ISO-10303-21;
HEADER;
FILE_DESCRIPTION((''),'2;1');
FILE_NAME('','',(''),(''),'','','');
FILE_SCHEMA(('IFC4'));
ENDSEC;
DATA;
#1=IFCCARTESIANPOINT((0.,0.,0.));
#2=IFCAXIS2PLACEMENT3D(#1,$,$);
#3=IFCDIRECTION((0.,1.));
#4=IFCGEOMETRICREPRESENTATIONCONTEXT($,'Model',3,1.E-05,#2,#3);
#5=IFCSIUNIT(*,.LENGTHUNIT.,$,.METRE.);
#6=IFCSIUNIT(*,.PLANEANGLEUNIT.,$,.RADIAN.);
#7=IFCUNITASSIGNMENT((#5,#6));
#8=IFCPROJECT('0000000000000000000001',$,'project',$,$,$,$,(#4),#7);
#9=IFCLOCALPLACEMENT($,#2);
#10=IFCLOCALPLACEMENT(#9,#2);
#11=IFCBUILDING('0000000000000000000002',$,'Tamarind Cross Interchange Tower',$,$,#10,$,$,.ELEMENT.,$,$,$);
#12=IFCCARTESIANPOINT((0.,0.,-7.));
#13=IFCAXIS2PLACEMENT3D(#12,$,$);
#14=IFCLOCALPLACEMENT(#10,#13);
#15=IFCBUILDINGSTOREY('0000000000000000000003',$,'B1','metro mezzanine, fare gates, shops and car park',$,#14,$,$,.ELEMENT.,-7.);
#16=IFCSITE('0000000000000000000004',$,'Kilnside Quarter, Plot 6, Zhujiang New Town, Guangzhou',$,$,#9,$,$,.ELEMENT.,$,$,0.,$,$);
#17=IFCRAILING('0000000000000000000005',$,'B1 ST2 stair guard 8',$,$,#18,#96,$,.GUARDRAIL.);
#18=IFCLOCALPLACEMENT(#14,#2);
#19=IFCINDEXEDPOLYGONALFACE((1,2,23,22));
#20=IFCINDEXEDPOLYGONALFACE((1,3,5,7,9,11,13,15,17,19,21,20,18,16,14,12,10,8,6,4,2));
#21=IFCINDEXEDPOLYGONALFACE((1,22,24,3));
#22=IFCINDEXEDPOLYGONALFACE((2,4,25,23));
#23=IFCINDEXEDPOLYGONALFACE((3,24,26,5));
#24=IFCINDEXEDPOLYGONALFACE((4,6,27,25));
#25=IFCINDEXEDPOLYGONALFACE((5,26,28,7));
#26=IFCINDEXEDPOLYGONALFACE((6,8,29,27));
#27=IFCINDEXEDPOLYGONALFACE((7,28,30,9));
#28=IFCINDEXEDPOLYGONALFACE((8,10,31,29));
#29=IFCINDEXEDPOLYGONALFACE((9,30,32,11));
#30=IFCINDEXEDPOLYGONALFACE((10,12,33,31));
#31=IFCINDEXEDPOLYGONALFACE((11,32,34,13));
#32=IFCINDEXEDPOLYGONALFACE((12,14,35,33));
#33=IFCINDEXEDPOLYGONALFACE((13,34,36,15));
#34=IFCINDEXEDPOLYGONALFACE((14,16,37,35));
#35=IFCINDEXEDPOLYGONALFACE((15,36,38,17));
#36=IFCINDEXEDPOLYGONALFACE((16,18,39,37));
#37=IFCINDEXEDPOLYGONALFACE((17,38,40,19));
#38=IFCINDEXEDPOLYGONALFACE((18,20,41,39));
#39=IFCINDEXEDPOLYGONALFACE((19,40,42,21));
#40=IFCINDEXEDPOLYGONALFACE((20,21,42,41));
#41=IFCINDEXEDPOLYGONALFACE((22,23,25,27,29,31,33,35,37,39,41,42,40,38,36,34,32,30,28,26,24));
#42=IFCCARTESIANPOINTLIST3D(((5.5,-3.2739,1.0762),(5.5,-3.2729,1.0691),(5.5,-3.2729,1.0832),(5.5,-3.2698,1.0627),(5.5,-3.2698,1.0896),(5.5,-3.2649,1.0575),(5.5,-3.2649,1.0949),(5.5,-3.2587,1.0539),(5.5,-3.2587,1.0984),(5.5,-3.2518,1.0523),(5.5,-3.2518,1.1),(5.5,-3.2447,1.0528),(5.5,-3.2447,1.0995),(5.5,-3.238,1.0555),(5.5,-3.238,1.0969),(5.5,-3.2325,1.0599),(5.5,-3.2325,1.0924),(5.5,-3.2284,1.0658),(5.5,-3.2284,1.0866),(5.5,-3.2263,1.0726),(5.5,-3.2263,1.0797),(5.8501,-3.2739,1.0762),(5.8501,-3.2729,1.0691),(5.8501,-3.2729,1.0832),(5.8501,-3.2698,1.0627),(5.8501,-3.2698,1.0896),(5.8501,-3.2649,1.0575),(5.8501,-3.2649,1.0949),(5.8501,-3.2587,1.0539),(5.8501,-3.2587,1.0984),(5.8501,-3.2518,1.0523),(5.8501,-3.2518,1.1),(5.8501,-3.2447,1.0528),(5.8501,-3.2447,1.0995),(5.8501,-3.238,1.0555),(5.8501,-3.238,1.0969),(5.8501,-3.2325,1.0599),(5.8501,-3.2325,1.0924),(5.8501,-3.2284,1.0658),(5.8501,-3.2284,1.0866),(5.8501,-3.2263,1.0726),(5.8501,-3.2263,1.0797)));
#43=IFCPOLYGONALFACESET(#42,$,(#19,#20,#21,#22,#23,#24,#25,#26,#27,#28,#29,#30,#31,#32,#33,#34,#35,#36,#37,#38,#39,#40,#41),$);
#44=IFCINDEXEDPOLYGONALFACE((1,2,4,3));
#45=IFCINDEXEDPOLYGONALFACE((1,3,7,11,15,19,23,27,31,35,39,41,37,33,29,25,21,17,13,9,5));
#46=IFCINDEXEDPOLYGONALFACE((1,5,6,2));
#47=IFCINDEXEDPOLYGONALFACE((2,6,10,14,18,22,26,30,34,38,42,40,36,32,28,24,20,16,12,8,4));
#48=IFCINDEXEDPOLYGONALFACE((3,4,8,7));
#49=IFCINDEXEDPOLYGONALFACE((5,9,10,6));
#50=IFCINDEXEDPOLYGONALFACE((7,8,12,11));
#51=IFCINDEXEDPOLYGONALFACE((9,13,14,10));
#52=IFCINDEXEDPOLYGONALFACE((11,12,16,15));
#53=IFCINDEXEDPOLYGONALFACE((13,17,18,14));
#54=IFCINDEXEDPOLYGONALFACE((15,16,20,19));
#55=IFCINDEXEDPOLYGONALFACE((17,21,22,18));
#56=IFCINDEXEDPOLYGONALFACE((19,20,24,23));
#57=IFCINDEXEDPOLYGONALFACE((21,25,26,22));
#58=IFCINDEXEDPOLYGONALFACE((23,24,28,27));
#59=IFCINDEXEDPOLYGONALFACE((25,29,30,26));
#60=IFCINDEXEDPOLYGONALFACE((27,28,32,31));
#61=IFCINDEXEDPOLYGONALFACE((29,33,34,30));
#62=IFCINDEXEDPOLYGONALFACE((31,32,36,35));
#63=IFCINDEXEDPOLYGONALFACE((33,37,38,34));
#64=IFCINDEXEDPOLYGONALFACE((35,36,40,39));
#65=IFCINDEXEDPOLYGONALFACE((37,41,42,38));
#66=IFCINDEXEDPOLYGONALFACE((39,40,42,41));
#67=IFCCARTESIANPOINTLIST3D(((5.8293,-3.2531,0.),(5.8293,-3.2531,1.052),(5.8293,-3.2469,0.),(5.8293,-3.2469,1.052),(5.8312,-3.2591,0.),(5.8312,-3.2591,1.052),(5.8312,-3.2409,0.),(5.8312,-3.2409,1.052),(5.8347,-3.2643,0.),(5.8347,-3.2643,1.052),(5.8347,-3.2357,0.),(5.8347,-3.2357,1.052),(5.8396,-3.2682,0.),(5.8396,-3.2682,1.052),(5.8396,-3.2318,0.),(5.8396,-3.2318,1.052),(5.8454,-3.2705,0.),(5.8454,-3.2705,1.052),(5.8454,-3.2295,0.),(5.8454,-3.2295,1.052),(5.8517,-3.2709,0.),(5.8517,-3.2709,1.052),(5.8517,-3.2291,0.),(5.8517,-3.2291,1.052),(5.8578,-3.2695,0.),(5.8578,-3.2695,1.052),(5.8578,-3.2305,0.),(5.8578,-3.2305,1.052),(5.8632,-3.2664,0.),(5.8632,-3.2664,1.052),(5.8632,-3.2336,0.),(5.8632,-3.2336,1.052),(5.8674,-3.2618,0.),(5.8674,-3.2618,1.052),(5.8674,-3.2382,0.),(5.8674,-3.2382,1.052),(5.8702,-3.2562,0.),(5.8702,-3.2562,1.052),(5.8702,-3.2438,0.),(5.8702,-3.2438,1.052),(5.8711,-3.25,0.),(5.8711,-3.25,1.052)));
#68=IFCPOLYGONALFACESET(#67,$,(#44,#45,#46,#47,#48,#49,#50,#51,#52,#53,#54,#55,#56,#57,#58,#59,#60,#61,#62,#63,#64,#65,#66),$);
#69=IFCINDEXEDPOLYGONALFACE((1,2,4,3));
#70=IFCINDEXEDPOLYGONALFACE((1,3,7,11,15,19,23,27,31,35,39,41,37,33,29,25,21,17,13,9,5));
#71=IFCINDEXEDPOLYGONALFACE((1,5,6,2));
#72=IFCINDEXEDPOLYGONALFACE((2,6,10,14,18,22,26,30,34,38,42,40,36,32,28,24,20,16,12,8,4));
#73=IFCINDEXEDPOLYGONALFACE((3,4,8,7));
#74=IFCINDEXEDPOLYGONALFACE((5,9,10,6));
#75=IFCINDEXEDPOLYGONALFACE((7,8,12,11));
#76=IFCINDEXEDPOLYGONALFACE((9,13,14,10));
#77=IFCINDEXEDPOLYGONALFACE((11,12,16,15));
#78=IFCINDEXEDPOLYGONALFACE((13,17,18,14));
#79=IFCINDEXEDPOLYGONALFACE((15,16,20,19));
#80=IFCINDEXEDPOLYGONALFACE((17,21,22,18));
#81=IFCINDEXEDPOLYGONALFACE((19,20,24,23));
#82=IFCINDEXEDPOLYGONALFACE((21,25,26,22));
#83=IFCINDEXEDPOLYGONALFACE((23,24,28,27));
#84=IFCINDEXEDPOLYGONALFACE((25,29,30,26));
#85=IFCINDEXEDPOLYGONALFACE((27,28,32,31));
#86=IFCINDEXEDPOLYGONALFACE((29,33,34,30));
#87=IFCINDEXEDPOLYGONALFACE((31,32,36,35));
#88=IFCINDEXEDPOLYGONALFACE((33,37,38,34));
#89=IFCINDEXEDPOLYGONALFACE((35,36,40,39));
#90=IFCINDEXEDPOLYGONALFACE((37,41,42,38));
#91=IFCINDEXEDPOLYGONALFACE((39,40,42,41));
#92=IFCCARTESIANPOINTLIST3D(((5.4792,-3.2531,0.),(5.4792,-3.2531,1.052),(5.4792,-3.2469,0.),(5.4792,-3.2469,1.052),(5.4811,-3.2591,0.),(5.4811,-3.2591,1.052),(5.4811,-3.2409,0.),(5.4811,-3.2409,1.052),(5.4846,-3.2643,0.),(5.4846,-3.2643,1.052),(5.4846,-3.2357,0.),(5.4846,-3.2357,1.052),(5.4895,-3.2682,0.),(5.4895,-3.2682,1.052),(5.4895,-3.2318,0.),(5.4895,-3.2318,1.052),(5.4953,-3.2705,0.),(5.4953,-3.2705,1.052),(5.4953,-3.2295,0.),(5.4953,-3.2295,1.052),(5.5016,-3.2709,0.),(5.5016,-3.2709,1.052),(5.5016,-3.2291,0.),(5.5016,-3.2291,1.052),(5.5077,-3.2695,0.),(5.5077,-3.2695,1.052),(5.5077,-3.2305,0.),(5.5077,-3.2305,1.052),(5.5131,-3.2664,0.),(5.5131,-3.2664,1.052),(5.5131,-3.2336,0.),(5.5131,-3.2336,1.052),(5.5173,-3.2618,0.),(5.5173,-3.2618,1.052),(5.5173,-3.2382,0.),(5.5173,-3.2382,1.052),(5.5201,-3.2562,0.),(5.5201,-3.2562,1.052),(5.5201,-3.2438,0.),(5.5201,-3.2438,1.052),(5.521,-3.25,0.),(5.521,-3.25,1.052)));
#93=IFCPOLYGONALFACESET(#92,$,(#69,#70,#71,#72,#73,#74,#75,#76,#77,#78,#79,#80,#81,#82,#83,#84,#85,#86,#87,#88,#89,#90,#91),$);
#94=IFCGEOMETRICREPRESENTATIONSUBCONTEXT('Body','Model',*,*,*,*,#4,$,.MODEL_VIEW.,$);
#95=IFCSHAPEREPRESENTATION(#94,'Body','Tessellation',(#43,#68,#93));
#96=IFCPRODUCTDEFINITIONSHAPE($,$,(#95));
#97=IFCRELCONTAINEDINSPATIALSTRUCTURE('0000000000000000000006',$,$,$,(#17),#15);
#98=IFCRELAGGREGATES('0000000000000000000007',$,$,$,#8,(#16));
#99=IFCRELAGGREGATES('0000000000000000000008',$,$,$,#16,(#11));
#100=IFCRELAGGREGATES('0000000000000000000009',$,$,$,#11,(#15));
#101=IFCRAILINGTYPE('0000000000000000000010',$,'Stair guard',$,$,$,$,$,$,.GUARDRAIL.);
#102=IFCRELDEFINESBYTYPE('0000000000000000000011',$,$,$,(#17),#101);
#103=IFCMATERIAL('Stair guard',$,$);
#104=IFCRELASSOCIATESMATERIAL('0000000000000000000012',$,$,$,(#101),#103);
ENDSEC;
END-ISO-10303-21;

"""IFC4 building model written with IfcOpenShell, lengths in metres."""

from ifc_helpers import new_model, si_unit, direction, frame, origin, origin_2d, place, context, subcontext, project, spatial, circle, extrude, material, type_object, element, save


model = new_model("IFC4")

# Units and contexts
model_context = context("Model", 3, precision=1e-05, world=origin(), true_north=direction((0.0, 1.0)))
body_context = subcontext(model_context, "Body", "Model", "MODEL_VIEW")
ifc_project = project(units=[si_unit("LENGTHUNIT", "METRE"), si_unit("PLANEANGLEUNIT", "RADIAN")], contexts=[model_context])

# Site, building, storey
site_placement = place(None, origin())
site = spatial("IfcSite", under=ifc_project, at=site_placement, Name="Kilnside Quarter, Plot 6, Zhujiang New Town, Guangzhou", CompositionType="ELEMENT", RefElevation=0.0)
building_placement = place(site_placement, origin())
building = spatial("IfcBuilding", under=site, at=building_placement, Name="Tamarind Cross Interchange Tower", CompositionType="ELEMENT")
storey_placement = place(building_placement, frame((0.0, 0.0, -7.0)))
storey = spatial("IfcBuildingStorey", under=building, at=storey_placement, Name="B1", Description="metro mezzanine, fare gates, shops and car park", CompositionType="ELEMENT", Elevation=-7.0)

# Railing
ifc_material_1 = material(Name="Stair guard")
railing_type_1 = type_object("IfcRailingType", Name="Stair guard", PredefinedType="GUARDRAIL", material=ifc_material_1)
railing_1_placement = place(storey_placement, frame((5.8501, -3.25, 0.0)))
element("IfcRailing", 1, at=railing_1_placement, inside=storey, type_object=railing_type_1, Name="B1 ST2 stair guard 8", PredefinedType="GUARDRAIL", context=body_context, shape_type="SweptSolid", body=[
    extrude(circle(Radius=0.0239, at=origin_2d()), frame((0.0, 0.0, 1.0762), z_axis=(-1.0, 0.0, 0.0), x_axis=(0.0, -1.0, 0.0)), (0.0, 0.0, 1.0), 0.3501),
    extrude(circle(Radius=0.021, at=origin_2d()), origin(), (0.0, 0.0, 1.0), 1.052),
    extrude(circle(Radius=0.021, at=origin_2d()), frame((-0.3501, 0.0, 0.0)), (0.0, 0.0, 1.0), 1.052),
])

save(model, "model.ifc")
